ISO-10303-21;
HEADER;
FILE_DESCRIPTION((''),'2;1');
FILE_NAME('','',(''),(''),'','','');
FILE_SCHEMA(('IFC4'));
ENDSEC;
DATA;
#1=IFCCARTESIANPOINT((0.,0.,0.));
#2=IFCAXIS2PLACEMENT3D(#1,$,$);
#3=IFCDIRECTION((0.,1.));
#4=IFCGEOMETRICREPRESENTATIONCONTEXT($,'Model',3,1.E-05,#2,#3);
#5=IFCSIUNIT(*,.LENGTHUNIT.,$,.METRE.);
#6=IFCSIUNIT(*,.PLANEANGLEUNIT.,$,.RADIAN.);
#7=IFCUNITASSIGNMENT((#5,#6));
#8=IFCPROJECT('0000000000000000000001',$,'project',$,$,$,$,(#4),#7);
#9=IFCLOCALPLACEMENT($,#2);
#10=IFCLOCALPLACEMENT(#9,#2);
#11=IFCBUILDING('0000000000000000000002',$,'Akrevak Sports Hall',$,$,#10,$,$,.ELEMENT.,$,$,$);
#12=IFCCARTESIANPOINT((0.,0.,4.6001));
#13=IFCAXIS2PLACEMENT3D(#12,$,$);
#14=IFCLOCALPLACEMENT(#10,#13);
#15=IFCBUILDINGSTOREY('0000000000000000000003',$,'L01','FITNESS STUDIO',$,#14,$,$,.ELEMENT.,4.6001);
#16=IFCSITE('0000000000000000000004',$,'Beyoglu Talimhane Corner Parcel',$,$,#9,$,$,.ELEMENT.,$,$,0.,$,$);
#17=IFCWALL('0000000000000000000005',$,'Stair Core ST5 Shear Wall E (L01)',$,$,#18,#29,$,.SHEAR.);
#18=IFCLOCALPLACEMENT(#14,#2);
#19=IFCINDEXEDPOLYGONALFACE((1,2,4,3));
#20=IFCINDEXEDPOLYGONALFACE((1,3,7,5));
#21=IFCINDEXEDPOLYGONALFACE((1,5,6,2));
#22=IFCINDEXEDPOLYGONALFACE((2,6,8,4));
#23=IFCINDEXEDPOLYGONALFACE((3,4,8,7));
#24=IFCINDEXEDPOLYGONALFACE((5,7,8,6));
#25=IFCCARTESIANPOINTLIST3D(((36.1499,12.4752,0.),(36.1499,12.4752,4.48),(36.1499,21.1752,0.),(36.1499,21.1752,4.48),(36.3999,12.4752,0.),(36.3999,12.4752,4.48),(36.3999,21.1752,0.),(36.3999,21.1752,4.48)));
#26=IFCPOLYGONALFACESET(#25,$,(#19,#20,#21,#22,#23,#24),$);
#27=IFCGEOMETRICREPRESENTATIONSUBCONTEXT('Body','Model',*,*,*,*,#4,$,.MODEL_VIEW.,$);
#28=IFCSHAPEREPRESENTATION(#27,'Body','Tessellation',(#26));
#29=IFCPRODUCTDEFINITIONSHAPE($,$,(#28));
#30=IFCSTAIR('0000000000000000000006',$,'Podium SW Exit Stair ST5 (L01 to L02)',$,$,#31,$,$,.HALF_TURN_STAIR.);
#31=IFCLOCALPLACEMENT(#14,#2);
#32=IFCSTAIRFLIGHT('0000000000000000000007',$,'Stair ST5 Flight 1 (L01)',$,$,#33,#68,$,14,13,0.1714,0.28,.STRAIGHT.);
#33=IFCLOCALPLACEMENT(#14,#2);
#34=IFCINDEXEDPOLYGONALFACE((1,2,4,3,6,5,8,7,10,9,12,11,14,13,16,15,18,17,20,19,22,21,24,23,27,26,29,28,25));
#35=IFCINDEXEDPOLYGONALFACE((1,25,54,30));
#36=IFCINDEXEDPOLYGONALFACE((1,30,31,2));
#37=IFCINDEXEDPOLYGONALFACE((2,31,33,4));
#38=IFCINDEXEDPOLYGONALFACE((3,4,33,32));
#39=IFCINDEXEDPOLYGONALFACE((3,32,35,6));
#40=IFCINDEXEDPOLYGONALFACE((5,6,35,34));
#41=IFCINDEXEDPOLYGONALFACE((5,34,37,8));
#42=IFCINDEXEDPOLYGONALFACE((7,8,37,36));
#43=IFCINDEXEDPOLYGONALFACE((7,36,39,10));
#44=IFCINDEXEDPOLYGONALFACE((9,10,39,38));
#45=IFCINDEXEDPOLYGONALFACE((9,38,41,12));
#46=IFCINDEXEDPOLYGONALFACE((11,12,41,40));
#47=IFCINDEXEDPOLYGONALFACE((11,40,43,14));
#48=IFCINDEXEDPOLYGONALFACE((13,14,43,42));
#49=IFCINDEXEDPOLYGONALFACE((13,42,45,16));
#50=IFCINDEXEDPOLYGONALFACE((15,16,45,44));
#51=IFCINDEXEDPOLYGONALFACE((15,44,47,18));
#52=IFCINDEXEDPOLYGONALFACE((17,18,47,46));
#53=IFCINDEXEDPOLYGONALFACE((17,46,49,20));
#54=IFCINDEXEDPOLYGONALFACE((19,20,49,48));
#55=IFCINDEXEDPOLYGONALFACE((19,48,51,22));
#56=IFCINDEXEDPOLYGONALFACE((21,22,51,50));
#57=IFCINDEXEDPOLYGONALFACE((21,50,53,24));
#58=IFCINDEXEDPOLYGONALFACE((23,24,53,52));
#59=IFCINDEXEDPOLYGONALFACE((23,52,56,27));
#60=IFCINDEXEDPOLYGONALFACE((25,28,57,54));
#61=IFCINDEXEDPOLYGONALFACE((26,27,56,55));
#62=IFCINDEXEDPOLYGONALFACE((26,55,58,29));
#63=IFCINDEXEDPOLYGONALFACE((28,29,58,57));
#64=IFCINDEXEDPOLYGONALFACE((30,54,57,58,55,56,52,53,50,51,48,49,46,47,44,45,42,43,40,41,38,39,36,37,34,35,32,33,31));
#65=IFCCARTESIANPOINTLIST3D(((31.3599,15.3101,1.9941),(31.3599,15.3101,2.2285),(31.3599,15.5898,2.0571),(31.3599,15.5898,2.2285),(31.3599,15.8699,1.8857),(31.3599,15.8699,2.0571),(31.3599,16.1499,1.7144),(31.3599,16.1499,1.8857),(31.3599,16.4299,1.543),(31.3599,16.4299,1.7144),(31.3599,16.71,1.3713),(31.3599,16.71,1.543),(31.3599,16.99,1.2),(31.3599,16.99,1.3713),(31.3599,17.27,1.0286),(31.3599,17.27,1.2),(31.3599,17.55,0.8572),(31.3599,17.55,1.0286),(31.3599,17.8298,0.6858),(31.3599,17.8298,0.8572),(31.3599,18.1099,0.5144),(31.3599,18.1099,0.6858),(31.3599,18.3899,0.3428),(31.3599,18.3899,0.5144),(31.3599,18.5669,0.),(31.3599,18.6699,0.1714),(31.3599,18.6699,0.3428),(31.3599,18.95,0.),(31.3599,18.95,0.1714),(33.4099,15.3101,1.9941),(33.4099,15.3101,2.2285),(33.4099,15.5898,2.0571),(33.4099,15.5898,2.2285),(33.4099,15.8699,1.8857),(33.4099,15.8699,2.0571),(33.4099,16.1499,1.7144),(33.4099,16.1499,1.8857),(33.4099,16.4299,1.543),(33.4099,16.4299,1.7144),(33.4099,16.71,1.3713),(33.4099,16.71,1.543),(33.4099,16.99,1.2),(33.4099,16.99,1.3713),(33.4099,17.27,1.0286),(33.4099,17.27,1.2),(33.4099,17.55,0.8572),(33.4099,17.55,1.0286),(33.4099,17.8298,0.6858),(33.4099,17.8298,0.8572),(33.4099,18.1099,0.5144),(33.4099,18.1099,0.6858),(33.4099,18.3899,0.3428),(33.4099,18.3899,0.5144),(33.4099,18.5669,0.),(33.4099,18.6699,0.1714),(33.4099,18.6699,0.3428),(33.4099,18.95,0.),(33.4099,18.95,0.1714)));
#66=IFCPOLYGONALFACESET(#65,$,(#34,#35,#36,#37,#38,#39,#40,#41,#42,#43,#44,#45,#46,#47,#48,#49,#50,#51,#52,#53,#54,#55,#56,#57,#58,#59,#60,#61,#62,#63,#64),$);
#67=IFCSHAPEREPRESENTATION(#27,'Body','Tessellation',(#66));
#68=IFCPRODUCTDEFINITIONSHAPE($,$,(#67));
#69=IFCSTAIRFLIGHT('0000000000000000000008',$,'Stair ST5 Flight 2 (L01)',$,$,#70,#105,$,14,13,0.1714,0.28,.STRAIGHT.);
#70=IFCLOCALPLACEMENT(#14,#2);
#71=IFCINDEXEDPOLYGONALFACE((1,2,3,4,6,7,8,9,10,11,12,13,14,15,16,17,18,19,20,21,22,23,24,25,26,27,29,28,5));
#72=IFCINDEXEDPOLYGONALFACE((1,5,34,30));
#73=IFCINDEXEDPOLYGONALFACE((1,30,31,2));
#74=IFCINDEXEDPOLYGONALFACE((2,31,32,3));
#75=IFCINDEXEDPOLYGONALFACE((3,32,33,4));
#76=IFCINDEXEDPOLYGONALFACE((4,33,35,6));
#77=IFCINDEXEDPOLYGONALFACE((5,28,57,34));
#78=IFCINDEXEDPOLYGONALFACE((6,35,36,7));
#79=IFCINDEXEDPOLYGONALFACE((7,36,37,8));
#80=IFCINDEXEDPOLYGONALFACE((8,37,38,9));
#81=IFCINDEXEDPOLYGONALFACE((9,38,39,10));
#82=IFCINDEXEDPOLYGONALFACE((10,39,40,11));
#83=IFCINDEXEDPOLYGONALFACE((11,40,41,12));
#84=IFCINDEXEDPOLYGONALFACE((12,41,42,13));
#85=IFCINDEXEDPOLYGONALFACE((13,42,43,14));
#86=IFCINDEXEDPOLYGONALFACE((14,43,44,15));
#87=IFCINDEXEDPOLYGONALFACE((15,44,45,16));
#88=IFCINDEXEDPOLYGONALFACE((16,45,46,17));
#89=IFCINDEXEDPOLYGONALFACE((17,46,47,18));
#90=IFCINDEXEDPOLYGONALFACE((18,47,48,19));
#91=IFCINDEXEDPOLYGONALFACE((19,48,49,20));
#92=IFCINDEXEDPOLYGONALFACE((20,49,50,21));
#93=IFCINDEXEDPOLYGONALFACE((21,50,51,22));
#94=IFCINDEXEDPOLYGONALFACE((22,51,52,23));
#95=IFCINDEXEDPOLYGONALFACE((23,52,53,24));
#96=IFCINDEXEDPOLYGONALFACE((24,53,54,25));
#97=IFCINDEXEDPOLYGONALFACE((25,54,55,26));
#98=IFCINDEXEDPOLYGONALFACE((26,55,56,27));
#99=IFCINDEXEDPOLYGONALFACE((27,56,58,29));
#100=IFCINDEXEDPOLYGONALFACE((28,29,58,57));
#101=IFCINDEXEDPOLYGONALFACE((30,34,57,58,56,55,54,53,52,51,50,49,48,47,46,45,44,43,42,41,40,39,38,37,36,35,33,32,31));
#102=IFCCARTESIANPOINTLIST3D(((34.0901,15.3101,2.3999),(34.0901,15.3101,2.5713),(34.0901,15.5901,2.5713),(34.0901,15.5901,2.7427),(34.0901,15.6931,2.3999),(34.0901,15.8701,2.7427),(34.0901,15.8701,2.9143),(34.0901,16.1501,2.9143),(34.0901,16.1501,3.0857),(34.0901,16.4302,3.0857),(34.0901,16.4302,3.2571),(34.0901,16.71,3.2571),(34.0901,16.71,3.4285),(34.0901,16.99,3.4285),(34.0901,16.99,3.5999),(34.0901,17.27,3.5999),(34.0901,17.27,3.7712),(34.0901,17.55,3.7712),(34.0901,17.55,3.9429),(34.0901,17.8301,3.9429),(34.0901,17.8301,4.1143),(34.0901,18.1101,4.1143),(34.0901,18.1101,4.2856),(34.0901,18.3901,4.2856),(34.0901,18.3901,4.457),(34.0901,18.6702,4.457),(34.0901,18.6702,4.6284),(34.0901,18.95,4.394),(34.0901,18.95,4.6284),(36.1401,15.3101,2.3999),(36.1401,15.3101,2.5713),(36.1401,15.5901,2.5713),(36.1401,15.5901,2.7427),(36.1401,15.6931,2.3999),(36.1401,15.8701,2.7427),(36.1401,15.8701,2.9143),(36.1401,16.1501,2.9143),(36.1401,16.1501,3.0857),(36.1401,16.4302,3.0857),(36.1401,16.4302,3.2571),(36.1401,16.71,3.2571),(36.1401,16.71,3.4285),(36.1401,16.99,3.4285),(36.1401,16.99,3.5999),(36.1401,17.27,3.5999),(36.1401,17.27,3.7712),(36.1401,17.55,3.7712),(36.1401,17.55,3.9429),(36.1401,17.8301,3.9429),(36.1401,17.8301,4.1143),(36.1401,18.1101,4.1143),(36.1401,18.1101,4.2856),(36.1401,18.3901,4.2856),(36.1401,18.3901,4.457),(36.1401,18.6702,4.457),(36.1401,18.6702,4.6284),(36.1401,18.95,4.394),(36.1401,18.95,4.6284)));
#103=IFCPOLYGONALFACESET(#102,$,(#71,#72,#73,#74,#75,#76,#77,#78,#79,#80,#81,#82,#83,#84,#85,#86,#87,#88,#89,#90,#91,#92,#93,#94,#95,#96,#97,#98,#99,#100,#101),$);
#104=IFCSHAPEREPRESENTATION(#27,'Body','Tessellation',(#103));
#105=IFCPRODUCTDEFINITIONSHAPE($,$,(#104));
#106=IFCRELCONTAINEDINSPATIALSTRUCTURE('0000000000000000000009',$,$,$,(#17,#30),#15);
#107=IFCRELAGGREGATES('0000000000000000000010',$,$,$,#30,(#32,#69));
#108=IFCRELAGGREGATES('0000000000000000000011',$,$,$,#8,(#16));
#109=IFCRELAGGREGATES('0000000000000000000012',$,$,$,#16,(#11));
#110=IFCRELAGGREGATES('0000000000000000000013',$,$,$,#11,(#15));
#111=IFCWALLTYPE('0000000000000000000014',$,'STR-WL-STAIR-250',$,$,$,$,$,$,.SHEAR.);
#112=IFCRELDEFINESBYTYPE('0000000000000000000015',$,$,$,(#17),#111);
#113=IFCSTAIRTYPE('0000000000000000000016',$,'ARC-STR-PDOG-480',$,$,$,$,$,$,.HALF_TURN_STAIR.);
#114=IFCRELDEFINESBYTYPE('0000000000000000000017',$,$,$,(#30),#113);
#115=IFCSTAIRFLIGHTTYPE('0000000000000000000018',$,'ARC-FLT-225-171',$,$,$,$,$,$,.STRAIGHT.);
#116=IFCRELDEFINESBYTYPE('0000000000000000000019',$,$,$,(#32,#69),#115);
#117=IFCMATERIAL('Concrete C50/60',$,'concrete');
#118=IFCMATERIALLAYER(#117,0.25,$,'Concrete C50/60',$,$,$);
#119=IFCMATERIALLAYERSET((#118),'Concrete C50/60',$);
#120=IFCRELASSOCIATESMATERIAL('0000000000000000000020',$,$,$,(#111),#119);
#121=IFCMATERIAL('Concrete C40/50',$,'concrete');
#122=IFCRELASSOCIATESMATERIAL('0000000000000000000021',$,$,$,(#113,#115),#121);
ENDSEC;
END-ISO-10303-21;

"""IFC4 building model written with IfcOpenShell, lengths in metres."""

from ifc_helpers import new_model, si_unit, direction, frame, frame_2d, origin, place, context, subcontext, project, spatial, polyline, rectangle, outline, extrude, material, layer, layer_set, type_object, element, aggregate, save


model = new_model("IFC4")

# Units and contexts
model_context = context("Model", 3, precision=1e-05, world=origin(), true_north=direction((0.0, 1.0)))
body_context = subcontext(model_context, "Body", "Model", "MODEL_VIEW")
ifc_project = project(units=[si_unit("LENGTHUNIT", "METRE"), si_unit("PLANEANGLEUNIT", "RADIAN")], contexts=[model_context])

# Site, building, storey
site_placement = place(None, origin())
site = spatial("IfcSite", under=ifc_project, at=site_placement, Name="Beyoglu Talimhane Corner Parcel", CompositionType="ELEMENT", RefElevation=0.0)
building_placement = place(site_placement, origin())
building = spatial("IfcBuilding", under=site, at=building_placement, Name="Akrevak Sports Hall", CompositionType="ELEMENT")
storey_placement = place(building_placement, frame((0.0, 0.0, 4.6001)))
storey = spatial("IfcBuildingStorey", under=building, at=storey_placement, Name="L01", Description="FITNESS STUDIO", CompositionType="ELEMENT", Elevation=4.6001)

# Shared definitions
ifc_material_1 = material(Name="Concrete C50/60", Category="concrete")

# Shared definitions
ifc_material_2 = material(Name="Concrete C40/50", Category="concrete")

# Shared definitions
ifc_layer_1 = layer(ifc_material_1, 0.25, Name="Concrete C50/60")
ifc_layer_set_1 = layer_set([ifc_layer_1], Name="Concrete C50/60")
wall_type_1 = type_object("IfcWallType", Name="STR-WL-STAIR-250", PredefinedType="SHEAR", material=ifc_layer_set_1)

# Wall
for number, where, z_axis, x_axis, name in (
    (1, (36.2749, 12.4751, 0.0), (0.0, 0.0, 1.0), (0.0, 1.0, 0.0), "Stair Core ST5 Shear Wall E (L01)"),
):
    element("IfcWall", number, at=place(storey_placement, frame(where, z_axis=z_axis, x_axis=x_axis)), inside=storey, type_object=wall_type_1, Name=name, PredefinedType="SHEAR", context=body_context, shape_type="SweptSolid", body=[
        extrude(rectangle(XDim=8.7, YDim=0.25, at=frame_2d((4.3501, 0.0))), origin(), (0.0, 0.0, 1.0), 4.48),
    ])

# Stair, stair flights
stair_type = type_object("IfcStairType", Name="ARC-STR-PDOG-480", PredefinedType="HALF_TURN_STAIR", material=ifc_material_2)
stair_placement = place(storey_placement, origin())
stair = element("IfcStair", 2, at=stair_placement, inside=storey, type_object=stair_type, Name="Podium SW Exit Stair ST5 (L01 to L02)", PredefinedType="HALF_TURN_STAIR")
stair_flight_type = type_object("IfcStairFlightType", Name="ARC-FLT-225-171", PredefinedType="STRAIGHT", material=ifc_material_2)
stair_flight_1_placement = place(storey_placement, frame((32.385, 18.95, 0.0), z_axis=(0.0, 0.0, 1.0), x_axis=(0.0, -1.0, 0.0)))
stair_flight_1 = element("IfcStairFlight", 3, at=stair_flight_1_placement, type_object=stair_flight_type, Name="Stair ST5 Flight 1 (L01)", NumberOfRisers=14, NumberOfTreads=13, PredefinedType="STRAIGHT", RiserHeight=0.1714, TreadLength=0.28, context=body_context, shape_type="SweptSolid", body=[
    extrude(outline(polyline([(0.0, 0.0), (0.0, 0.1714), (0.28, 0.1714), (0.28, 0.3428), (0.5601, 0.3428), (0.5601, 0.5144), (0.8401, 0.5144), (0.8401, 0.6858), (1.1201, 0.6858), (1.1201, 0.8572), (1.3999, 0.8572), (1.3999, 1.0286), (1.6799, 1.0286), (1.6799, 1.2), (1.96, 1.2), (1.96, 1.3713), (2.24, 1.3713), (2.24, 1.543), (2.52, 1.543), (2.52, 1.7144), (2.8, 1.7144), (2.8, 1.8857), (3.0801, 1.8857), (3.0801, 2.0571), (3.3601, 2.0571), (3.3601, 2.2285), (3.6399, 2.2285), (3.6399, 2.3999), (3.6399, 1.9941), (0.3831, 0.0), (0.0, 0.0)])), frame((0.0, 1.0249, 0.0), z_axis=(0.0, -1.0, 0.0), x_axis=(1.0, 0.0, 0.0)), (0.0, 0.0, 1.0), 2.05),
])
stair_flight_2_placement = place(storey_placement, frame((35.115, 15.3101, 2.3999), z_axis=(0.0, 0.0, 1.0), x_axis=(0.0, 1.0, 0.0)))
stair_flight_2 = element("IfcStairFlight", 4, at=stair_flight_2_placement, type_object=stair_flight_type, Name="Stair ST5 Flight 2 (L01)", NumberOfRisers=14, NumberOfTreads=13, PredefinedType="STRAIGHT", RiserHeight=0.1714, TreadLength=0.28, context=body_context, shape_type="SweptSolid", body=[
    extrude(outline(polyline([(0.0, 0.0), (0.0, 0.1714), (0.28, 0.1714), (0.28, 0.3428), (0.5601, 0.3428), (0.5601, 0.5144), (0.8401, 0.5144), (0.8401, 0.6858), (1.1201, 0.6858), (1.1201, 0.8572), (1.3999, 0.8572), (1.3999, 1.0286), (1.6799, 1.0286), (1.6799, 1.2), (1.96, 1.2), (1.96, 1.3713), (2.24, 1.3713), (2.24, 1.543), (2.52, 1.543), (2.52, 1.7144), (2.8, 1.7144), (2.8, 1.8857), (3.0801, 1.8857), (3.0801, 2.0571), (3.3601, 2.0571), (3.3601, 2.2285), (3.6399, 2.2285), (3.6399, 2.3999), (3.6399, 1.9941), (0.3831, 0.0), (0.0, 0.0)])), frame((0.0, 1.0249, 0.0), z_axis=(0.0, -1.0, 0.0), x_axis=(1.0, 0.0, 0.0)), (0.0, 0.0, 1.0), 2.05),
])
aggregate(stair, [stair_flight_1, stair_flight_2])

save(model, "model.ifc")
